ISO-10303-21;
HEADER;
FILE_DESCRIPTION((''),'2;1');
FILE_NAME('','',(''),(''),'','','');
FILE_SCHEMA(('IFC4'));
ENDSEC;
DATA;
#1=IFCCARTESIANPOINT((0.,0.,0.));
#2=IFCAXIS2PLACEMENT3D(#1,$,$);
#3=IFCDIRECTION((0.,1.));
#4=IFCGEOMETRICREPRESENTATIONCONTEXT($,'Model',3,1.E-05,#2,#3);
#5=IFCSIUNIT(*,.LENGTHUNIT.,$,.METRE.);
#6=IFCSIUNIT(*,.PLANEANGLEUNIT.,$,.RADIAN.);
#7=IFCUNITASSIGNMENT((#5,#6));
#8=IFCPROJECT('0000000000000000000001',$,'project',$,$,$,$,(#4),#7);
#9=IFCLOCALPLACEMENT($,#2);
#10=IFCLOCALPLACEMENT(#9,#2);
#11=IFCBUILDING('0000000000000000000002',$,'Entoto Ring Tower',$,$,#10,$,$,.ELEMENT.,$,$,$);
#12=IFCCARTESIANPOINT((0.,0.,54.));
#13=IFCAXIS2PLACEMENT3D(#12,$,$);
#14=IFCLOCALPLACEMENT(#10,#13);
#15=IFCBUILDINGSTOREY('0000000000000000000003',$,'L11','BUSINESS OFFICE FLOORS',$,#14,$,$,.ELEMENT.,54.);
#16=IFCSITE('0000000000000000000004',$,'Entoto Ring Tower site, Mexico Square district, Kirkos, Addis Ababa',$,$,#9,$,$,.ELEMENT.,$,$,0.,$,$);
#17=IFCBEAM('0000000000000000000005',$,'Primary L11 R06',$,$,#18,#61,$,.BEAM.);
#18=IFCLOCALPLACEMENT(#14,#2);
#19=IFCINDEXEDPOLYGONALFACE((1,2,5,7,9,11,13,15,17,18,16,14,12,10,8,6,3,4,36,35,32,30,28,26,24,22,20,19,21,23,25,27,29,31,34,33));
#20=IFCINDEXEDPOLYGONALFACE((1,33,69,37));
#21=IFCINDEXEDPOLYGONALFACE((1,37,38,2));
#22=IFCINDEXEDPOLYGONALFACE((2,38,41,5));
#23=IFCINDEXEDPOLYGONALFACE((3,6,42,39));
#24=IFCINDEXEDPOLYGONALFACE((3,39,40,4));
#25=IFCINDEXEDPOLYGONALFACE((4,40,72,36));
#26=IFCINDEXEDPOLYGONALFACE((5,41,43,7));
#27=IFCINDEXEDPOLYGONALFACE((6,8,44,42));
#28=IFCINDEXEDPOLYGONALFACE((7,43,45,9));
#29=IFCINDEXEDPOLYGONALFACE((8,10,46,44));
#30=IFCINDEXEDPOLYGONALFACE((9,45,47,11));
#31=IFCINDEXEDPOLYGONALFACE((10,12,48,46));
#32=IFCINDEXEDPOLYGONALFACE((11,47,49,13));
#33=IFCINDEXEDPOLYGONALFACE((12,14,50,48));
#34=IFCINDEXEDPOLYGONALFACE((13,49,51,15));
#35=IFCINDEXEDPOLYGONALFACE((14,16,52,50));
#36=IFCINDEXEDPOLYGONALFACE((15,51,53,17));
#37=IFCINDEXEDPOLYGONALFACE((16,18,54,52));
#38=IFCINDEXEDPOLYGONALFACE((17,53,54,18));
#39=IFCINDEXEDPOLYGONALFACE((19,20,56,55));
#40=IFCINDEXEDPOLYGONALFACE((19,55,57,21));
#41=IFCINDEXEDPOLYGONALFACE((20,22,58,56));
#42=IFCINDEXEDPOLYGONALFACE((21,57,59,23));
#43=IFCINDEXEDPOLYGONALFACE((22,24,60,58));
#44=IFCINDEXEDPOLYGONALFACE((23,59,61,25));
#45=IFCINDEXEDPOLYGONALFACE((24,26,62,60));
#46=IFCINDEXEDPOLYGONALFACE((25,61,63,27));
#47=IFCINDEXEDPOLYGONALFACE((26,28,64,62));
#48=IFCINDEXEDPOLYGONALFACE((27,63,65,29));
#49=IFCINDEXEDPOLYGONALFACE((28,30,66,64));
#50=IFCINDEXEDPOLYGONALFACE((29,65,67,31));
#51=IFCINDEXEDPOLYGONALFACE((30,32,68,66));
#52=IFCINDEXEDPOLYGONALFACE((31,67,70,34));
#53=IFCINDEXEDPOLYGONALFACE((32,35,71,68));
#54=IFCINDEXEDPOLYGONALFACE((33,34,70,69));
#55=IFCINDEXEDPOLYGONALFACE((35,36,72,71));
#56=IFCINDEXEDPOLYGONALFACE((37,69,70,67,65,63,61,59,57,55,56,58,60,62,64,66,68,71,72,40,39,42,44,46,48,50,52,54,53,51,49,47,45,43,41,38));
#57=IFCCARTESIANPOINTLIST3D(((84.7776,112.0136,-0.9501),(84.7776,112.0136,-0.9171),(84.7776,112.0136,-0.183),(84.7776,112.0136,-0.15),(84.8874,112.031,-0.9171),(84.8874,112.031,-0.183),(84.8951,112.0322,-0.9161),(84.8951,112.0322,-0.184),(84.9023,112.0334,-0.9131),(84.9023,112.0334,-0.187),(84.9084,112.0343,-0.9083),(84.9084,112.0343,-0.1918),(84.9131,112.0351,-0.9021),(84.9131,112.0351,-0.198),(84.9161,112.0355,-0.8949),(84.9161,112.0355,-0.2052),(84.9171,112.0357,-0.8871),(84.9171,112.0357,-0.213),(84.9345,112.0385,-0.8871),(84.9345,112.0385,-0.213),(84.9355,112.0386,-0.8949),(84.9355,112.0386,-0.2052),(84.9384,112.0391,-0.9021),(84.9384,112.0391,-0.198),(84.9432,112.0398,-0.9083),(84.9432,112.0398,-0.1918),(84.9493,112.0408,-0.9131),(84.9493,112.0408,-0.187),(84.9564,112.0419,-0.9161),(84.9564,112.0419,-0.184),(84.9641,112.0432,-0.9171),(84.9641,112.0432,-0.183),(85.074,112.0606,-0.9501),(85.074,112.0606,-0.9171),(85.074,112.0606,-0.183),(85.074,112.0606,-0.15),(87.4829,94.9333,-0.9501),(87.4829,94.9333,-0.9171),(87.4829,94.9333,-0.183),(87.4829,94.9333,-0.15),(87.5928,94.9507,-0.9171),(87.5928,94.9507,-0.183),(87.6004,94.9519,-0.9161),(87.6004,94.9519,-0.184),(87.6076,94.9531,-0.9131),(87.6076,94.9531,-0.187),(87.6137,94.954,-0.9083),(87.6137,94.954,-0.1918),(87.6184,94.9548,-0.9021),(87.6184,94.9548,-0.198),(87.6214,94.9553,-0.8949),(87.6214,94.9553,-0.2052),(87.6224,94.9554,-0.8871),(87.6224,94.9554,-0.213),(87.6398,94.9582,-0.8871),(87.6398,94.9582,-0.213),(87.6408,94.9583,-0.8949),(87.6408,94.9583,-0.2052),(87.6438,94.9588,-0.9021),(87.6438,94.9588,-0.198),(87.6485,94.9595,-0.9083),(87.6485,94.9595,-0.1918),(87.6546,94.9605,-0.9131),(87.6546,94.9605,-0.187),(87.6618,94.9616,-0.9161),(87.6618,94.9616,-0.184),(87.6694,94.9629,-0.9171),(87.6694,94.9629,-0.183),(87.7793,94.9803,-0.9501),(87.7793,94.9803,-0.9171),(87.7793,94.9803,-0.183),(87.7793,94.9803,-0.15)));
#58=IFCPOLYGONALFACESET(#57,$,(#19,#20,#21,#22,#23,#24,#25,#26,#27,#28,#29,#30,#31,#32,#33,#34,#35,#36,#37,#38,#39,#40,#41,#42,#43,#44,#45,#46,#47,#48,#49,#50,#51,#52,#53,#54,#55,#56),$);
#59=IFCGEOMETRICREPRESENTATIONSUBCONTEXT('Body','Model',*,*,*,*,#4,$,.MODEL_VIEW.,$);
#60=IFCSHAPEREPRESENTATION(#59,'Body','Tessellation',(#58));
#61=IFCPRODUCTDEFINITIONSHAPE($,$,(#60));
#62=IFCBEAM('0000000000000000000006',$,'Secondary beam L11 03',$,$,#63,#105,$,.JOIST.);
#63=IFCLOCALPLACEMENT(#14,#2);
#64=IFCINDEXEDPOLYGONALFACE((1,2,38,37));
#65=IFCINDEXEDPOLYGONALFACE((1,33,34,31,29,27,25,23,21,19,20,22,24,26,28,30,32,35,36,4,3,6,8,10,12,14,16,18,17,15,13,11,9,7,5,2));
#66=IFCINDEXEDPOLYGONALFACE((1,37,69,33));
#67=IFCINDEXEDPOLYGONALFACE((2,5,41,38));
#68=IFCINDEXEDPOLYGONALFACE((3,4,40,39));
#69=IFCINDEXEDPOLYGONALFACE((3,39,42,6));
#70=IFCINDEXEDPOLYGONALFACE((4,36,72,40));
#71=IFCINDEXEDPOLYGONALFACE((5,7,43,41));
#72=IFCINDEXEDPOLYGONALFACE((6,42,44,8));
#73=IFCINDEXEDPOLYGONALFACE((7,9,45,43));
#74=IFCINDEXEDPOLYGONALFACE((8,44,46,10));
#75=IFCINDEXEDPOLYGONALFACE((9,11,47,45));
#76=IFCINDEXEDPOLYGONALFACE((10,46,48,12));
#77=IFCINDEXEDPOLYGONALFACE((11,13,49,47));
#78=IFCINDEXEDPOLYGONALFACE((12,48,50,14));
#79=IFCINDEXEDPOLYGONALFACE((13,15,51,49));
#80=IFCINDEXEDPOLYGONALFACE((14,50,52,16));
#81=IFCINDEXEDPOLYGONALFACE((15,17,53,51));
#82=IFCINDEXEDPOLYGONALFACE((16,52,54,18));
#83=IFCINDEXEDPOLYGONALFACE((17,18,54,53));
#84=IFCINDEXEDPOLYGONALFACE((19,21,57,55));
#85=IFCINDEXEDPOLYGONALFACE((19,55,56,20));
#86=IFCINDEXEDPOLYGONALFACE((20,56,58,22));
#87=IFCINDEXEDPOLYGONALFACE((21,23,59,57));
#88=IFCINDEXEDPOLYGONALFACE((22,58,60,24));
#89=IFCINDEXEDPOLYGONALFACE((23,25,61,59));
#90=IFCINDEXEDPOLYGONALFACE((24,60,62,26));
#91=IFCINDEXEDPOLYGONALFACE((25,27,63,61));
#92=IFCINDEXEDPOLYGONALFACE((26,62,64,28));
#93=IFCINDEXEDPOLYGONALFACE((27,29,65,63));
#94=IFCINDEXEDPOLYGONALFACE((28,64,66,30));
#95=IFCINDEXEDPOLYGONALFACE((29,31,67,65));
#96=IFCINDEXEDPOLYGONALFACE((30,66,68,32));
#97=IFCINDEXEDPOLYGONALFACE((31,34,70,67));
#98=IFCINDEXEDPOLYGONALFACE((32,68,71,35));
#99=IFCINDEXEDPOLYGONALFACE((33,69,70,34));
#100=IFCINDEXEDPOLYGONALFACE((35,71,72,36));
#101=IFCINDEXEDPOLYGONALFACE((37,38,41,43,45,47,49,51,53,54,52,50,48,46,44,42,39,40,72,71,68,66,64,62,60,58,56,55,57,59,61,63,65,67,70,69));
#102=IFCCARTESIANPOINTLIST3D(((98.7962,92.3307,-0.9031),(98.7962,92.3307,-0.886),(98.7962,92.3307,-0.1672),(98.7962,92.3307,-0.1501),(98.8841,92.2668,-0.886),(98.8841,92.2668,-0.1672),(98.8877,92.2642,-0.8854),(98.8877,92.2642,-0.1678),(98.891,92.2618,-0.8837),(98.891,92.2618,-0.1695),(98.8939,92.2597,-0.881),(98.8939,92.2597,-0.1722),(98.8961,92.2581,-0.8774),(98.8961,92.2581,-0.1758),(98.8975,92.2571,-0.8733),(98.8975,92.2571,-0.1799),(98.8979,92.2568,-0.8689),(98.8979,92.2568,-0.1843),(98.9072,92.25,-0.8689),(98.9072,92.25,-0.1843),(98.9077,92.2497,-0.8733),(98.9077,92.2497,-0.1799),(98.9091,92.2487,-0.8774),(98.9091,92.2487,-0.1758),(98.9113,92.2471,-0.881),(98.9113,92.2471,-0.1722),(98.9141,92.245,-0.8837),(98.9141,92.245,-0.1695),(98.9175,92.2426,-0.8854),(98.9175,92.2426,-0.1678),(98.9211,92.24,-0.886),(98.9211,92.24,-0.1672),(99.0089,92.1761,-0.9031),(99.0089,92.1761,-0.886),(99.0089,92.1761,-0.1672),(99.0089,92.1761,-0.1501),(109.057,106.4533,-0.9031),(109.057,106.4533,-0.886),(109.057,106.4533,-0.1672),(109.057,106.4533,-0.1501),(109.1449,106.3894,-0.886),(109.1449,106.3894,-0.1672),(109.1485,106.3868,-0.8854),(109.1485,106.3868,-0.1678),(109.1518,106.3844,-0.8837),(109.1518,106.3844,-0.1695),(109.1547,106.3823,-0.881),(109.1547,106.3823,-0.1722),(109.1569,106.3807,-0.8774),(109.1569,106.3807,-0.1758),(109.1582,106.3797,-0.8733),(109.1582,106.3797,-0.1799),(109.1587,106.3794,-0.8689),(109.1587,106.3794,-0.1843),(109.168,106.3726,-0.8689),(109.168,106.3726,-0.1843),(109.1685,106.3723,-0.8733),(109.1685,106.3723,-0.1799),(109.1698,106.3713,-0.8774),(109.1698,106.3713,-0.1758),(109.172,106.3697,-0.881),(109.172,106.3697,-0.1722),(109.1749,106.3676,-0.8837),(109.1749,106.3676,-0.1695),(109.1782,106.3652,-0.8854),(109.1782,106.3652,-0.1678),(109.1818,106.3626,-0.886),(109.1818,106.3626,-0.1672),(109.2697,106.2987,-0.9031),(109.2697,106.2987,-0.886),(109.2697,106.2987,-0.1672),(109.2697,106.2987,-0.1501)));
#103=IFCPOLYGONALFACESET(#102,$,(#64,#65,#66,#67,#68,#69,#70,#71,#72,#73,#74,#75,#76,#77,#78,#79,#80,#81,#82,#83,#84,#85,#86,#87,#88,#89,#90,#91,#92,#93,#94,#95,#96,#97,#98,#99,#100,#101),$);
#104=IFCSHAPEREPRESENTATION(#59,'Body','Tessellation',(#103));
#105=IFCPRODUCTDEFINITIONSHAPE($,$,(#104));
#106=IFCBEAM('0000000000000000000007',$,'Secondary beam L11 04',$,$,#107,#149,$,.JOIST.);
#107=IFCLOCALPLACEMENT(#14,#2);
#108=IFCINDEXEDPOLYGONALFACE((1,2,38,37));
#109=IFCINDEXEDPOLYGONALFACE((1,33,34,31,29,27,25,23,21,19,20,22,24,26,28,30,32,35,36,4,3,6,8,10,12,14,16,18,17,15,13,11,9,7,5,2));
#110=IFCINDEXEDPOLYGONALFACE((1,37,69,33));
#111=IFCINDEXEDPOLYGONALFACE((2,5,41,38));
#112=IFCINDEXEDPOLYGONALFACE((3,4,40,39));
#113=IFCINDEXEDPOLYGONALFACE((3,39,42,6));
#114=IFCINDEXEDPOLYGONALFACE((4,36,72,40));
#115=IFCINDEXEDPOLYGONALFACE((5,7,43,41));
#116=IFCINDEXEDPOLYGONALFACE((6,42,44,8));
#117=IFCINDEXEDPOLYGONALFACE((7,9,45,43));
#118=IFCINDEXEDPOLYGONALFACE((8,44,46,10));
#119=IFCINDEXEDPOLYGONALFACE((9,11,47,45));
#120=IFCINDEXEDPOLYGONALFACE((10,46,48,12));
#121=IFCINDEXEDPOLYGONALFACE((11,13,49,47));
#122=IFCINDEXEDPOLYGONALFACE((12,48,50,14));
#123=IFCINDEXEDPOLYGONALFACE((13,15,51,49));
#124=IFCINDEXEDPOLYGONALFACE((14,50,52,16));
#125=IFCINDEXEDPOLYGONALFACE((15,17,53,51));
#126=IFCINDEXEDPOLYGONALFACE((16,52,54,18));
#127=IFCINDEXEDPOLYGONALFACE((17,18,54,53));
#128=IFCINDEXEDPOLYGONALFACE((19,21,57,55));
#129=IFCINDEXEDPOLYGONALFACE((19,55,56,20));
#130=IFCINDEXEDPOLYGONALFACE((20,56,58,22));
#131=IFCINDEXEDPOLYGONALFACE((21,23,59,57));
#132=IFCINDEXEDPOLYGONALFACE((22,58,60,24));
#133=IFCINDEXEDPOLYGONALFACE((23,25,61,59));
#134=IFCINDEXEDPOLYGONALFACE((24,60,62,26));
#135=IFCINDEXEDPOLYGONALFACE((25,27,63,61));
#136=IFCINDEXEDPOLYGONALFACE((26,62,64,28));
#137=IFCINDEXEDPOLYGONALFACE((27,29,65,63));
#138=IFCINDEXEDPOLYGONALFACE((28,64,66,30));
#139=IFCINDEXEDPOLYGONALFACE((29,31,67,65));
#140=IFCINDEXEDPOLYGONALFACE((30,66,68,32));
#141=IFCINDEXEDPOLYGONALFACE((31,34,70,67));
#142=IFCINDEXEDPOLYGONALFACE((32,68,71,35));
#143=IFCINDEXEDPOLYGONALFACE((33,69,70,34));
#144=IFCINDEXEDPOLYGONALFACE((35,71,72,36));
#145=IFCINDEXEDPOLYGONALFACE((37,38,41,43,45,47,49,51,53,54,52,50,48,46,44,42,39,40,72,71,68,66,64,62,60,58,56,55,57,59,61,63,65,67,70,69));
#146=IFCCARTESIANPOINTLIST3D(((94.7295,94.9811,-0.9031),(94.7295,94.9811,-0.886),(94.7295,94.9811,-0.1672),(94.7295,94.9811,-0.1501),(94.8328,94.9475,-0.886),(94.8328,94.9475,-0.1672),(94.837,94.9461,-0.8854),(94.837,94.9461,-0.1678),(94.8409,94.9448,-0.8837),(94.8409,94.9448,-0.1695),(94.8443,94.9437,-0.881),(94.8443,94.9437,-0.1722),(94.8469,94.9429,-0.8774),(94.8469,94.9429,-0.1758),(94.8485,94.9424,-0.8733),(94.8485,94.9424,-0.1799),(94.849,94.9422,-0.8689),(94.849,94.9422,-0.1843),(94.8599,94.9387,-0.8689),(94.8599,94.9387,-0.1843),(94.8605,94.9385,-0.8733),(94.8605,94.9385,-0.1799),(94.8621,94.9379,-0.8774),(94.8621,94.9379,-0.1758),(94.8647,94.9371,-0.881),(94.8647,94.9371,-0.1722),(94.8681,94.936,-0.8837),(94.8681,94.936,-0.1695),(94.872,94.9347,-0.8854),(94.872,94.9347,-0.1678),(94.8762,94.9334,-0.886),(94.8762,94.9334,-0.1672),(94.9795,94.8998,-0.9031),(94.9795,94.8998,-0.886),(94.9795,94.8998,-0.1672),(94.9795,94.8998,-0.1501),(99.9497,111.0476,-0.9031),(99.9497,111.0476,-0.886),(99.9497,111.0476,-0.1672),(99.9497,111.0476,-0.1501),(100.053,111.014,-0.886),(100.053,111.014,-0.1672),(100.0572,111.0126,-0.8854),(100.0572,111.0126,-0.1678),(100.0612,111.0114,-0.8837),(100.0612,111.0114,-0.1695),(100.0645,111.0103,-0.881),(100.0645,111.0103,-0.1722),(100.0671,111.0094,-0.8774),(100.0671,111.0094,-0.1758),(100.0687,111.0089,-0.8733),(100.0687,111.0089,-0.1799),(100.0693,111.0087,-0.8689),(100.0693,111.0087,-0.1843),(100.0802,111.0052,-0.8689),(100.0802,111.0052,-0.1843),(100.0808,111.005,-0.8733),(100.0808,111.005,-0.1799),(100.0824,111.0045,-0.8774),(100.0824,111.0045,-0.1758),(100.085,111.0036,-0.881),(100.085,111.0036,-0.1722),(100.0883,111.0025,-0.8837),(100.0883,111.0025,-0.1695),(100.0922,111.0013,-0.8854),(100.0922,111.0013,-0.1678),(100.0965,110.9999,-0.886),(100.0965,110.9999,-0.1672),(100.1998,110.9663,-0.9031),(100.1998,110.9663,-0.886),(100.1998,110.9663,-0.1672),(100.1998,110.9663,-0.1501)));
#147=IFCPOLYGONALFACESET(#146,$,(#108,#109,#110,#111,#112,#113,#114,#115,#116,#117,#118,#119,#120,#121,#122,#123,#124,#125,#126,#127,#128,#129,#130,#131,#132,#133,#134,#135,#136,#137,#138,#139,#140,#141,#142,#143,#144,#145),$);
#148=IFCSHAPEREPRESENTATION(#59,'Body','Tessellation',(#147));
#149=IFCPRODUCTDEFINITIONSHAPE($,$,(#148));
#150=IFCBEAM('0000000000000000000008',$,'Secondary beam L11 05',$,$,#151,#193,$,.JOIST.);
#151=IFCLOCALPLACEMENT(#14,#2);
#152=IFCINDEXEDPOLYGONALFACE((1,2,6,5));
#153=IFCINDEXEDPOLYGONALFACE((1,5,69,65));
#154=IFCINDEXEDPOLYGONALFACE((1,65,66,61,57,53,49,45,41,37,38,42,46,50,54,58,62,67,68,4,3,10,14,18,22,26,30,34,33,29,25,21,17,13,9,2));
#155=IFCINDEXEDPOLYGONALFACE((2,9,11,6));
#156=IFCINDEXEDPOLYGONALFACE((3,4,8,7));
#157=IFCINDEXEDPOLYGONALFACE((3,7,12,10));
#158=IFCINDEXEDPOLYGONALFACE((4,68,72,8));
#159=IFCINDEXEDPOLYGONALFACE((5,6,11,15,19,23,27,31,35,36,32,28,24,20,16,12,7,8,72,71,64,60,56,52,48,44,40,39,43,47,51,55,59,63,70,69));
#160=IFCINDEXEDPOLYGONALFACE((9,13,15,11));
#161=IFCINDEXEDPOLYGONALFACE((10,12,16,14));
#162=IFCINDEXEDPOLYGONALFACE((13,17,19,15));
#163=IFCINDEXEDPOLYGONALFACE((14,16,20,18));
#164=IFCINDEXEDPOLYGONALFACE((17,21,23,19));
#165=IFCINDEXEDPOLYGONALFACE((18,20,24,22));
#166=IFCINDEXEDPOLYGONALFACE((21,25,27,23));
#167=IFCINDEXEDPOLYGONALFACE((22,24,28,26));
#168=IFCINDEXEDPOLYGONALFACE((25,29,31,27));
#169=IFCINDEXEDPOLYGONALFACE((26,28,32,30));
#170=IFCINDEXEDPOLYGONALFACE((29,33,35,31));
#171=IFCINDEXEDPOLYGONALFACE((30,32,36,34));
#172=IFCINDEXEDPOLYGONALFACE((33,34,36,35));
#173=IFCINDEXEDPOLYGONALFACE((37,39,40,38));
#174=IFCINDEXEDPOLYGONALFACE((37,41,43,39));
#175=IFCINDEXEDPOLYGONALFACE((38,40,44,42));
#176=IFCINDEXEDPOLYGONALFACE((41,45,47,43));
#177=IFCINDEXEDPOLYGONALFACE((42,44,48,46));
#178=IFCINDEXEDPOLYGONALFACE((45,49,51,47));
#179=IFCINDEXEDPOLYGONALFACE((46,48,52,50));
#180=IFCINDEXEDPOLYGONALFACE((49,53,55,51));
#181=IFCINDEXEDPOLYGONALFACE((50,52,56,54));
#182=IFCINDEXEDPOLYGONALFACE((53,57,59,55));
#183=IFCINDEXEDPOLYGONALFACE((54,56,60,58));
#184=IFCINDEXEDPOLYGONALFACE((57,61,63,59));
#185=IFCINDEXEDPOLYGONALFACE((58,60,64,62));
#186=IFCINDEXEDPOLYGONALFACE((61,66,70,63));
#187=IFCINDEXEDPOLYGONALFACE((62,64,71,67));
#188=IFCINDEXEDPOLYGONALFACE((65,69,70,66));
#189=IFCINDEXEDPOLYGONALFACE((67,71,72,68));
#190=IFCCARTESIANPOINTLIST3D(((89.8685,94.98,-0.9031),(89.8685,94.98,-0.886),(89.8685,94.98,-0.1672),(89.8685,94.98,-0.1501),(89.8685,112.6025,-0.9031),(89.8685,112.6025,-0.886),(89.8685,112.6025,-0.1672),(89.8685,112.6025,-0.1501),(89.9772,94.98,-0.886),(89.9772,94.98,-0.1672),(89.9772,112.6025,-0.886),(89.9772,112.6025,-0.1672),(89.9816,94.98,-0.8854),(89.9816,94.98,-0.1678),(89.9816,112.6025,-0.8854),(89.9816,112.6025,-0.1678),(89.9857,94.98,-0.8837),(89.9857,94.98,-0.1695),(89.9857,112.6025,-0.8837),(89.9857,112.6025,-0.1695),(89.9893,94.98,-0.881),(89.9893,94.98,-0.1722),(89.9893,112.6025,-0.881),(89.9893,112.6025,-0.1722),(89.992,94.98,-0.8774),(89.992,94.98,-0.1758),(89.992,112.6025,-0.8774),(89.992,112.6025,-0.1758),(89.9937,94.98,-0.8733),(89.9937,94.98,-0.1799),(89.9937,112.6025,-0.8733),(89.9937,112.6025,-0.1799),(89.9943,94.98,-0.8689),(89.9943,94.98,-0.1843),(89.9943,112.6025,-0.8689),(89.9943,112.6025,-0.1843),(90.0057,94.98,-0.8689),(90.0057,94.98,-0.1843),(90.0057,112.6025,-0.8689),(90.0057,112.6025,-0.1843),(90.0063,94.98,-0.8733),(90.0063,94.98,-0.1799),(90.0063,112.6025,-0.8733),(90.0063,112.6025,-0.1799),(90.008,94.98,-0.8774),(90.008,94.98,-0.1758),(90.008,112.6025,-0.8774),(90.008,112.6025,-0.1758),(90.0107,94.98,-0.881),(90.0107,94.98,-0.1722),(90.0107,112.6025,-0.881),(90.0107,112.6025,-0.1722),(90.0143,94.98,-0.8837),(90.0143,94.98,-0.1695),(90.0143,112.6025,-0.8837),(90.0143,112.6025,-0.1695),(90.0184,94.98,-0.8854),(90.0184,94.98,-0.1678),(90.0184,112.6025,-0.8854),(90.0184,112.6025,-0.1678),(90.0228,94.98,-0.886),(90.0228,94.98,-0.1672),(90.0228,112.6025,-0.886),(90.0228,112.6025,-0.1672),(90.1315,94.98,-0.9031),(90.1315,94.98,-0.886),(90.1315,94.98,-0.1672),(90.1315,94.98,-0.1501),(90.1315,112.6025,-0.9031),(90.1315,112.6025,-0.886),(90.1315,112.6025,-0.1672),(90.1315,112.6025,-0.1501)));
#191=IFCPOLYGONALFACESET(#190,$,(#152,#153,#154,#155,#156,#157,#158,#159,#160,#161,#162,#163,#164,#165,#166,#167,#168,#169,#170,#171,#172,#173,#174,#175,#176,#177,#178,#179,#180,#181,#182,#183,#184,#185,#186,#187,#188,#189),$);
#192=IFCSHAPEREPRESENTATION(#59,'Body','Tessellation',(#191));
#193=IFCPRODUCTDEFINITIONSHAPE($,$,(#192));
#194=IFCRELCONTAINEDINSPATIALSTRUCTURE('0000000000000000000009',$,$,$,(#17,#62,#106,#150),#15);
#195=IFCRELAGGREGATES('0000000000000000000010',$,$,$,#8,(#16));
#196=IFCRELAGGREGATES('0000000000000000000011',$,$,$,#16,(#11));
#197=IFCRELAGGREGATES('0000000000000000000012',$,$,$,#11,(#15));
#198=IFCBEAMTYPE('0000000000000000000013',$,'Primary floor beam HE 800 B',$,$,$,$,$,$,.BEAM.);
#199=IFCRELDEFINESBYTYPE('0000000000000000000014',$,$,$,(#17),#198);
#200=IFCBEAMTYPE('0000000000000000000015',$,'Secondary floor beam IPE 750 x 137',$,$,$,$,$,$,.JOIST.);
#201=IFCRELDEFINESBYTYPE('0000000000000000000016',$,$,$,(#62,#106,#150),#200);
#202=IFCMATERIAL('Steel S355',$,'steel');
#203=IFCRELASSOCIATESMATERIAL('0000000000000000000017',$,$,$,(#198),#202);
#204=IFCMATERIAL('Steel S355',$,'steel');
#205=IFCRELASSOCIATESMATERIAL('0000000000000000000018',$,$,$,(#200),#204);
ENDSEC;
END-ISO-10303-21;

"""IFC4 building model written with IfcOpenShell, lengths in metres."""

from ifc_helpers import new_model, si_unit, direction, frame, origin, origin_2d, place, context, subcontext, project, spatial, i_section, extrude, material, material_profile, profile_set, type_object, element, save


model = new_model("IFC4")

# Units and contexts
model_context = context("Model", 3, precision=1e-05, world=origin(), true_north=direction((0.0, 1.0)))
body_context = subcontext(model_context, "Body", "Model", "MODEL_VIEW")
ifc_project = project(units=[si_unit("LENGTHUNIT", "METRE"), si_unit("PLANEANGLEUNIT", "RADIAN")], contexts=[model_context])

# Site, building, storey
site_placement = place(None, origin())
site = spatial("IfcSite", under=ifc_project, at=site_placement, Name="Entoto Ring Tower site, Mexico Square district, Kirkos, Addis Ababa", CompositionType="ELEMENT", RefElevation=0.0)
building_placement = place(site_placement, origin())
building = spatial("IfcBuilding", under=site, at=building_placement, Name="Entoto Ring Tower", CompositionType="ELEMENT")
storey_placement = place(building_placement, frame((0.0, 0.0, 54.0)))
storey = spatial("IfcBuildingStorey", under=building, at=storey_placement, Name="L11", Description="BUSINESS OFFICE FLOORS", CompositionType="ELEMENT", Elevation=54.0)

# Beams
ifc_material_1 = material(Name="Steel S355", Category="steel")
ifc_material_profile_1 = material_profile(ifc_material_1, i_section(OverallWidth=0.3, OverallDepth=0.8, WebThickness=0.0176, FlangeThickness=0.033, FilletRadius=0.03, at=origin_2d()), Name="HE 800 B")
ifc_profile_set_1 = profile_set([ifc_material_profile_1], Name="Steel S355")
beam_type_1 = type_object("IfcBeamType", Name="Primary floor beam HE 800 B", PredefinedType="BEAM", material=ifc_profile_set_1)
for number, where, z_axis, x_axis, name in (
    (1, (87.6311, 94.9568, -0.55), (-0.156438, 0.987688, 0.0), (-0.987688, -0.156438, 0.0), "Primary L11 R06"),
):
    element("IfcBeam", number, at=place(storey_placement, frame(where, z_axis=z_axis, x_axis=x_axis)), inside=storey, type_object=beam_type_1, Name=name, PredefinedType="BEAM", context=body_context, shape_type="SweptSolid", body=[
        extrude(i_section(OverallWidth=0.3, OverallDepth=0.8, WebThickness=0.0176, FlangeThickness=0.033, FilletRadius=0.03, at=origin_2d()), origin(), (0.0, 0.0, 1.0), 17.2932),
    ])
ifc_material_2 = material(Name="Steel S355", Category="steel")
ifc_material_profile_2 = material_profile(ifc_material_2, i_section(OverallWidth=0.2629, OverallDepth=0.7529, WebThickness=0.0115, FlangeThickness=0.0171, FilletRadius=0.0171, at=origin_2d()), Name="IPE 750 x 137")
ifc_profile_set_2 = profile_set([ifc_material_profile_2], Name="Steel S355")
beam_type_2 = type_object("IfcBeamType", Name="Secondary floor beam IPE 750 x 137", PredefinedType="JOIST", material=ifc_profile_set_2)
beam_1_placement = place(storey_placement, frame((98.9026, 92.2534, -0.5266), z_axis=(0.587789, 0.809014, 0.0), x_axis=(-0.809014, 0.587789, 0.0)))
element("IfcBeam", 2, at=beam_1_placement, inside=storey, type_object=beam_type_2, Name="Secondary beam L11 03", PredefinedType="JOIST", context=body_context, shape_type="SweptSolid", body=[
    extrude(i_section(OverallWidth=0.2629, OverallDepth=0.7529, WebThickness=0.0115, FlangeThickness=0.0171, FilletRadius=0.0171, at=origin_2d()), origin(), (0.0, 0.0, 1.0), 17.4565),
])
beam_2_placement = place(storey_placement, frame((94.8545, 94.9404, -0.5266), z_axis=(0.309013, 0.951058, 0.0), x_axis=(-0.951058, 0.309013, 0.0)))
element("IfcBeam", 3, at=beam_2_placement, inside=storey, type_object=beam_type_2, Name="Secondary beam L11 04", PredefinedType="JOIST", context=body_context, shape_type="SweptSolid", body=[
    extrude(i_section(OverallWidth=0.2629, OverallDepth=0.7529, WebThickness=0.0115, FlangeThickness=0.0171, FilletRadius=0.0171, at=origin_2d()), origin(), (0.0, 0.0, 1.0), 16.8933),
])
beam_3_placement = place(storey_placement, frame((90.0, 94.98, -0.5266), z_axis=(0.0, 1.0, 0.0), x_axis=(-1.0, 0.0, 0.0)))
element("IfcBeam", 4, at=beam_3_placement, inside=storey, type_object=beam_type_2, Name="Secondary beam L11 05", PredefinedType="JOIST", context=body_context, shape_type="SweptSolid", body=[
    extrude(i_section(OverallWidth=0.2629, OverallDepth=0.7529, WebThickness=0.0115, FlangeThickness=0.0171, FilletRadius=0.0171, at=origin_2d()), origin(), (0.0, 0.0, 1.0), 17.6226),
])

save(model, "model.ifc")
